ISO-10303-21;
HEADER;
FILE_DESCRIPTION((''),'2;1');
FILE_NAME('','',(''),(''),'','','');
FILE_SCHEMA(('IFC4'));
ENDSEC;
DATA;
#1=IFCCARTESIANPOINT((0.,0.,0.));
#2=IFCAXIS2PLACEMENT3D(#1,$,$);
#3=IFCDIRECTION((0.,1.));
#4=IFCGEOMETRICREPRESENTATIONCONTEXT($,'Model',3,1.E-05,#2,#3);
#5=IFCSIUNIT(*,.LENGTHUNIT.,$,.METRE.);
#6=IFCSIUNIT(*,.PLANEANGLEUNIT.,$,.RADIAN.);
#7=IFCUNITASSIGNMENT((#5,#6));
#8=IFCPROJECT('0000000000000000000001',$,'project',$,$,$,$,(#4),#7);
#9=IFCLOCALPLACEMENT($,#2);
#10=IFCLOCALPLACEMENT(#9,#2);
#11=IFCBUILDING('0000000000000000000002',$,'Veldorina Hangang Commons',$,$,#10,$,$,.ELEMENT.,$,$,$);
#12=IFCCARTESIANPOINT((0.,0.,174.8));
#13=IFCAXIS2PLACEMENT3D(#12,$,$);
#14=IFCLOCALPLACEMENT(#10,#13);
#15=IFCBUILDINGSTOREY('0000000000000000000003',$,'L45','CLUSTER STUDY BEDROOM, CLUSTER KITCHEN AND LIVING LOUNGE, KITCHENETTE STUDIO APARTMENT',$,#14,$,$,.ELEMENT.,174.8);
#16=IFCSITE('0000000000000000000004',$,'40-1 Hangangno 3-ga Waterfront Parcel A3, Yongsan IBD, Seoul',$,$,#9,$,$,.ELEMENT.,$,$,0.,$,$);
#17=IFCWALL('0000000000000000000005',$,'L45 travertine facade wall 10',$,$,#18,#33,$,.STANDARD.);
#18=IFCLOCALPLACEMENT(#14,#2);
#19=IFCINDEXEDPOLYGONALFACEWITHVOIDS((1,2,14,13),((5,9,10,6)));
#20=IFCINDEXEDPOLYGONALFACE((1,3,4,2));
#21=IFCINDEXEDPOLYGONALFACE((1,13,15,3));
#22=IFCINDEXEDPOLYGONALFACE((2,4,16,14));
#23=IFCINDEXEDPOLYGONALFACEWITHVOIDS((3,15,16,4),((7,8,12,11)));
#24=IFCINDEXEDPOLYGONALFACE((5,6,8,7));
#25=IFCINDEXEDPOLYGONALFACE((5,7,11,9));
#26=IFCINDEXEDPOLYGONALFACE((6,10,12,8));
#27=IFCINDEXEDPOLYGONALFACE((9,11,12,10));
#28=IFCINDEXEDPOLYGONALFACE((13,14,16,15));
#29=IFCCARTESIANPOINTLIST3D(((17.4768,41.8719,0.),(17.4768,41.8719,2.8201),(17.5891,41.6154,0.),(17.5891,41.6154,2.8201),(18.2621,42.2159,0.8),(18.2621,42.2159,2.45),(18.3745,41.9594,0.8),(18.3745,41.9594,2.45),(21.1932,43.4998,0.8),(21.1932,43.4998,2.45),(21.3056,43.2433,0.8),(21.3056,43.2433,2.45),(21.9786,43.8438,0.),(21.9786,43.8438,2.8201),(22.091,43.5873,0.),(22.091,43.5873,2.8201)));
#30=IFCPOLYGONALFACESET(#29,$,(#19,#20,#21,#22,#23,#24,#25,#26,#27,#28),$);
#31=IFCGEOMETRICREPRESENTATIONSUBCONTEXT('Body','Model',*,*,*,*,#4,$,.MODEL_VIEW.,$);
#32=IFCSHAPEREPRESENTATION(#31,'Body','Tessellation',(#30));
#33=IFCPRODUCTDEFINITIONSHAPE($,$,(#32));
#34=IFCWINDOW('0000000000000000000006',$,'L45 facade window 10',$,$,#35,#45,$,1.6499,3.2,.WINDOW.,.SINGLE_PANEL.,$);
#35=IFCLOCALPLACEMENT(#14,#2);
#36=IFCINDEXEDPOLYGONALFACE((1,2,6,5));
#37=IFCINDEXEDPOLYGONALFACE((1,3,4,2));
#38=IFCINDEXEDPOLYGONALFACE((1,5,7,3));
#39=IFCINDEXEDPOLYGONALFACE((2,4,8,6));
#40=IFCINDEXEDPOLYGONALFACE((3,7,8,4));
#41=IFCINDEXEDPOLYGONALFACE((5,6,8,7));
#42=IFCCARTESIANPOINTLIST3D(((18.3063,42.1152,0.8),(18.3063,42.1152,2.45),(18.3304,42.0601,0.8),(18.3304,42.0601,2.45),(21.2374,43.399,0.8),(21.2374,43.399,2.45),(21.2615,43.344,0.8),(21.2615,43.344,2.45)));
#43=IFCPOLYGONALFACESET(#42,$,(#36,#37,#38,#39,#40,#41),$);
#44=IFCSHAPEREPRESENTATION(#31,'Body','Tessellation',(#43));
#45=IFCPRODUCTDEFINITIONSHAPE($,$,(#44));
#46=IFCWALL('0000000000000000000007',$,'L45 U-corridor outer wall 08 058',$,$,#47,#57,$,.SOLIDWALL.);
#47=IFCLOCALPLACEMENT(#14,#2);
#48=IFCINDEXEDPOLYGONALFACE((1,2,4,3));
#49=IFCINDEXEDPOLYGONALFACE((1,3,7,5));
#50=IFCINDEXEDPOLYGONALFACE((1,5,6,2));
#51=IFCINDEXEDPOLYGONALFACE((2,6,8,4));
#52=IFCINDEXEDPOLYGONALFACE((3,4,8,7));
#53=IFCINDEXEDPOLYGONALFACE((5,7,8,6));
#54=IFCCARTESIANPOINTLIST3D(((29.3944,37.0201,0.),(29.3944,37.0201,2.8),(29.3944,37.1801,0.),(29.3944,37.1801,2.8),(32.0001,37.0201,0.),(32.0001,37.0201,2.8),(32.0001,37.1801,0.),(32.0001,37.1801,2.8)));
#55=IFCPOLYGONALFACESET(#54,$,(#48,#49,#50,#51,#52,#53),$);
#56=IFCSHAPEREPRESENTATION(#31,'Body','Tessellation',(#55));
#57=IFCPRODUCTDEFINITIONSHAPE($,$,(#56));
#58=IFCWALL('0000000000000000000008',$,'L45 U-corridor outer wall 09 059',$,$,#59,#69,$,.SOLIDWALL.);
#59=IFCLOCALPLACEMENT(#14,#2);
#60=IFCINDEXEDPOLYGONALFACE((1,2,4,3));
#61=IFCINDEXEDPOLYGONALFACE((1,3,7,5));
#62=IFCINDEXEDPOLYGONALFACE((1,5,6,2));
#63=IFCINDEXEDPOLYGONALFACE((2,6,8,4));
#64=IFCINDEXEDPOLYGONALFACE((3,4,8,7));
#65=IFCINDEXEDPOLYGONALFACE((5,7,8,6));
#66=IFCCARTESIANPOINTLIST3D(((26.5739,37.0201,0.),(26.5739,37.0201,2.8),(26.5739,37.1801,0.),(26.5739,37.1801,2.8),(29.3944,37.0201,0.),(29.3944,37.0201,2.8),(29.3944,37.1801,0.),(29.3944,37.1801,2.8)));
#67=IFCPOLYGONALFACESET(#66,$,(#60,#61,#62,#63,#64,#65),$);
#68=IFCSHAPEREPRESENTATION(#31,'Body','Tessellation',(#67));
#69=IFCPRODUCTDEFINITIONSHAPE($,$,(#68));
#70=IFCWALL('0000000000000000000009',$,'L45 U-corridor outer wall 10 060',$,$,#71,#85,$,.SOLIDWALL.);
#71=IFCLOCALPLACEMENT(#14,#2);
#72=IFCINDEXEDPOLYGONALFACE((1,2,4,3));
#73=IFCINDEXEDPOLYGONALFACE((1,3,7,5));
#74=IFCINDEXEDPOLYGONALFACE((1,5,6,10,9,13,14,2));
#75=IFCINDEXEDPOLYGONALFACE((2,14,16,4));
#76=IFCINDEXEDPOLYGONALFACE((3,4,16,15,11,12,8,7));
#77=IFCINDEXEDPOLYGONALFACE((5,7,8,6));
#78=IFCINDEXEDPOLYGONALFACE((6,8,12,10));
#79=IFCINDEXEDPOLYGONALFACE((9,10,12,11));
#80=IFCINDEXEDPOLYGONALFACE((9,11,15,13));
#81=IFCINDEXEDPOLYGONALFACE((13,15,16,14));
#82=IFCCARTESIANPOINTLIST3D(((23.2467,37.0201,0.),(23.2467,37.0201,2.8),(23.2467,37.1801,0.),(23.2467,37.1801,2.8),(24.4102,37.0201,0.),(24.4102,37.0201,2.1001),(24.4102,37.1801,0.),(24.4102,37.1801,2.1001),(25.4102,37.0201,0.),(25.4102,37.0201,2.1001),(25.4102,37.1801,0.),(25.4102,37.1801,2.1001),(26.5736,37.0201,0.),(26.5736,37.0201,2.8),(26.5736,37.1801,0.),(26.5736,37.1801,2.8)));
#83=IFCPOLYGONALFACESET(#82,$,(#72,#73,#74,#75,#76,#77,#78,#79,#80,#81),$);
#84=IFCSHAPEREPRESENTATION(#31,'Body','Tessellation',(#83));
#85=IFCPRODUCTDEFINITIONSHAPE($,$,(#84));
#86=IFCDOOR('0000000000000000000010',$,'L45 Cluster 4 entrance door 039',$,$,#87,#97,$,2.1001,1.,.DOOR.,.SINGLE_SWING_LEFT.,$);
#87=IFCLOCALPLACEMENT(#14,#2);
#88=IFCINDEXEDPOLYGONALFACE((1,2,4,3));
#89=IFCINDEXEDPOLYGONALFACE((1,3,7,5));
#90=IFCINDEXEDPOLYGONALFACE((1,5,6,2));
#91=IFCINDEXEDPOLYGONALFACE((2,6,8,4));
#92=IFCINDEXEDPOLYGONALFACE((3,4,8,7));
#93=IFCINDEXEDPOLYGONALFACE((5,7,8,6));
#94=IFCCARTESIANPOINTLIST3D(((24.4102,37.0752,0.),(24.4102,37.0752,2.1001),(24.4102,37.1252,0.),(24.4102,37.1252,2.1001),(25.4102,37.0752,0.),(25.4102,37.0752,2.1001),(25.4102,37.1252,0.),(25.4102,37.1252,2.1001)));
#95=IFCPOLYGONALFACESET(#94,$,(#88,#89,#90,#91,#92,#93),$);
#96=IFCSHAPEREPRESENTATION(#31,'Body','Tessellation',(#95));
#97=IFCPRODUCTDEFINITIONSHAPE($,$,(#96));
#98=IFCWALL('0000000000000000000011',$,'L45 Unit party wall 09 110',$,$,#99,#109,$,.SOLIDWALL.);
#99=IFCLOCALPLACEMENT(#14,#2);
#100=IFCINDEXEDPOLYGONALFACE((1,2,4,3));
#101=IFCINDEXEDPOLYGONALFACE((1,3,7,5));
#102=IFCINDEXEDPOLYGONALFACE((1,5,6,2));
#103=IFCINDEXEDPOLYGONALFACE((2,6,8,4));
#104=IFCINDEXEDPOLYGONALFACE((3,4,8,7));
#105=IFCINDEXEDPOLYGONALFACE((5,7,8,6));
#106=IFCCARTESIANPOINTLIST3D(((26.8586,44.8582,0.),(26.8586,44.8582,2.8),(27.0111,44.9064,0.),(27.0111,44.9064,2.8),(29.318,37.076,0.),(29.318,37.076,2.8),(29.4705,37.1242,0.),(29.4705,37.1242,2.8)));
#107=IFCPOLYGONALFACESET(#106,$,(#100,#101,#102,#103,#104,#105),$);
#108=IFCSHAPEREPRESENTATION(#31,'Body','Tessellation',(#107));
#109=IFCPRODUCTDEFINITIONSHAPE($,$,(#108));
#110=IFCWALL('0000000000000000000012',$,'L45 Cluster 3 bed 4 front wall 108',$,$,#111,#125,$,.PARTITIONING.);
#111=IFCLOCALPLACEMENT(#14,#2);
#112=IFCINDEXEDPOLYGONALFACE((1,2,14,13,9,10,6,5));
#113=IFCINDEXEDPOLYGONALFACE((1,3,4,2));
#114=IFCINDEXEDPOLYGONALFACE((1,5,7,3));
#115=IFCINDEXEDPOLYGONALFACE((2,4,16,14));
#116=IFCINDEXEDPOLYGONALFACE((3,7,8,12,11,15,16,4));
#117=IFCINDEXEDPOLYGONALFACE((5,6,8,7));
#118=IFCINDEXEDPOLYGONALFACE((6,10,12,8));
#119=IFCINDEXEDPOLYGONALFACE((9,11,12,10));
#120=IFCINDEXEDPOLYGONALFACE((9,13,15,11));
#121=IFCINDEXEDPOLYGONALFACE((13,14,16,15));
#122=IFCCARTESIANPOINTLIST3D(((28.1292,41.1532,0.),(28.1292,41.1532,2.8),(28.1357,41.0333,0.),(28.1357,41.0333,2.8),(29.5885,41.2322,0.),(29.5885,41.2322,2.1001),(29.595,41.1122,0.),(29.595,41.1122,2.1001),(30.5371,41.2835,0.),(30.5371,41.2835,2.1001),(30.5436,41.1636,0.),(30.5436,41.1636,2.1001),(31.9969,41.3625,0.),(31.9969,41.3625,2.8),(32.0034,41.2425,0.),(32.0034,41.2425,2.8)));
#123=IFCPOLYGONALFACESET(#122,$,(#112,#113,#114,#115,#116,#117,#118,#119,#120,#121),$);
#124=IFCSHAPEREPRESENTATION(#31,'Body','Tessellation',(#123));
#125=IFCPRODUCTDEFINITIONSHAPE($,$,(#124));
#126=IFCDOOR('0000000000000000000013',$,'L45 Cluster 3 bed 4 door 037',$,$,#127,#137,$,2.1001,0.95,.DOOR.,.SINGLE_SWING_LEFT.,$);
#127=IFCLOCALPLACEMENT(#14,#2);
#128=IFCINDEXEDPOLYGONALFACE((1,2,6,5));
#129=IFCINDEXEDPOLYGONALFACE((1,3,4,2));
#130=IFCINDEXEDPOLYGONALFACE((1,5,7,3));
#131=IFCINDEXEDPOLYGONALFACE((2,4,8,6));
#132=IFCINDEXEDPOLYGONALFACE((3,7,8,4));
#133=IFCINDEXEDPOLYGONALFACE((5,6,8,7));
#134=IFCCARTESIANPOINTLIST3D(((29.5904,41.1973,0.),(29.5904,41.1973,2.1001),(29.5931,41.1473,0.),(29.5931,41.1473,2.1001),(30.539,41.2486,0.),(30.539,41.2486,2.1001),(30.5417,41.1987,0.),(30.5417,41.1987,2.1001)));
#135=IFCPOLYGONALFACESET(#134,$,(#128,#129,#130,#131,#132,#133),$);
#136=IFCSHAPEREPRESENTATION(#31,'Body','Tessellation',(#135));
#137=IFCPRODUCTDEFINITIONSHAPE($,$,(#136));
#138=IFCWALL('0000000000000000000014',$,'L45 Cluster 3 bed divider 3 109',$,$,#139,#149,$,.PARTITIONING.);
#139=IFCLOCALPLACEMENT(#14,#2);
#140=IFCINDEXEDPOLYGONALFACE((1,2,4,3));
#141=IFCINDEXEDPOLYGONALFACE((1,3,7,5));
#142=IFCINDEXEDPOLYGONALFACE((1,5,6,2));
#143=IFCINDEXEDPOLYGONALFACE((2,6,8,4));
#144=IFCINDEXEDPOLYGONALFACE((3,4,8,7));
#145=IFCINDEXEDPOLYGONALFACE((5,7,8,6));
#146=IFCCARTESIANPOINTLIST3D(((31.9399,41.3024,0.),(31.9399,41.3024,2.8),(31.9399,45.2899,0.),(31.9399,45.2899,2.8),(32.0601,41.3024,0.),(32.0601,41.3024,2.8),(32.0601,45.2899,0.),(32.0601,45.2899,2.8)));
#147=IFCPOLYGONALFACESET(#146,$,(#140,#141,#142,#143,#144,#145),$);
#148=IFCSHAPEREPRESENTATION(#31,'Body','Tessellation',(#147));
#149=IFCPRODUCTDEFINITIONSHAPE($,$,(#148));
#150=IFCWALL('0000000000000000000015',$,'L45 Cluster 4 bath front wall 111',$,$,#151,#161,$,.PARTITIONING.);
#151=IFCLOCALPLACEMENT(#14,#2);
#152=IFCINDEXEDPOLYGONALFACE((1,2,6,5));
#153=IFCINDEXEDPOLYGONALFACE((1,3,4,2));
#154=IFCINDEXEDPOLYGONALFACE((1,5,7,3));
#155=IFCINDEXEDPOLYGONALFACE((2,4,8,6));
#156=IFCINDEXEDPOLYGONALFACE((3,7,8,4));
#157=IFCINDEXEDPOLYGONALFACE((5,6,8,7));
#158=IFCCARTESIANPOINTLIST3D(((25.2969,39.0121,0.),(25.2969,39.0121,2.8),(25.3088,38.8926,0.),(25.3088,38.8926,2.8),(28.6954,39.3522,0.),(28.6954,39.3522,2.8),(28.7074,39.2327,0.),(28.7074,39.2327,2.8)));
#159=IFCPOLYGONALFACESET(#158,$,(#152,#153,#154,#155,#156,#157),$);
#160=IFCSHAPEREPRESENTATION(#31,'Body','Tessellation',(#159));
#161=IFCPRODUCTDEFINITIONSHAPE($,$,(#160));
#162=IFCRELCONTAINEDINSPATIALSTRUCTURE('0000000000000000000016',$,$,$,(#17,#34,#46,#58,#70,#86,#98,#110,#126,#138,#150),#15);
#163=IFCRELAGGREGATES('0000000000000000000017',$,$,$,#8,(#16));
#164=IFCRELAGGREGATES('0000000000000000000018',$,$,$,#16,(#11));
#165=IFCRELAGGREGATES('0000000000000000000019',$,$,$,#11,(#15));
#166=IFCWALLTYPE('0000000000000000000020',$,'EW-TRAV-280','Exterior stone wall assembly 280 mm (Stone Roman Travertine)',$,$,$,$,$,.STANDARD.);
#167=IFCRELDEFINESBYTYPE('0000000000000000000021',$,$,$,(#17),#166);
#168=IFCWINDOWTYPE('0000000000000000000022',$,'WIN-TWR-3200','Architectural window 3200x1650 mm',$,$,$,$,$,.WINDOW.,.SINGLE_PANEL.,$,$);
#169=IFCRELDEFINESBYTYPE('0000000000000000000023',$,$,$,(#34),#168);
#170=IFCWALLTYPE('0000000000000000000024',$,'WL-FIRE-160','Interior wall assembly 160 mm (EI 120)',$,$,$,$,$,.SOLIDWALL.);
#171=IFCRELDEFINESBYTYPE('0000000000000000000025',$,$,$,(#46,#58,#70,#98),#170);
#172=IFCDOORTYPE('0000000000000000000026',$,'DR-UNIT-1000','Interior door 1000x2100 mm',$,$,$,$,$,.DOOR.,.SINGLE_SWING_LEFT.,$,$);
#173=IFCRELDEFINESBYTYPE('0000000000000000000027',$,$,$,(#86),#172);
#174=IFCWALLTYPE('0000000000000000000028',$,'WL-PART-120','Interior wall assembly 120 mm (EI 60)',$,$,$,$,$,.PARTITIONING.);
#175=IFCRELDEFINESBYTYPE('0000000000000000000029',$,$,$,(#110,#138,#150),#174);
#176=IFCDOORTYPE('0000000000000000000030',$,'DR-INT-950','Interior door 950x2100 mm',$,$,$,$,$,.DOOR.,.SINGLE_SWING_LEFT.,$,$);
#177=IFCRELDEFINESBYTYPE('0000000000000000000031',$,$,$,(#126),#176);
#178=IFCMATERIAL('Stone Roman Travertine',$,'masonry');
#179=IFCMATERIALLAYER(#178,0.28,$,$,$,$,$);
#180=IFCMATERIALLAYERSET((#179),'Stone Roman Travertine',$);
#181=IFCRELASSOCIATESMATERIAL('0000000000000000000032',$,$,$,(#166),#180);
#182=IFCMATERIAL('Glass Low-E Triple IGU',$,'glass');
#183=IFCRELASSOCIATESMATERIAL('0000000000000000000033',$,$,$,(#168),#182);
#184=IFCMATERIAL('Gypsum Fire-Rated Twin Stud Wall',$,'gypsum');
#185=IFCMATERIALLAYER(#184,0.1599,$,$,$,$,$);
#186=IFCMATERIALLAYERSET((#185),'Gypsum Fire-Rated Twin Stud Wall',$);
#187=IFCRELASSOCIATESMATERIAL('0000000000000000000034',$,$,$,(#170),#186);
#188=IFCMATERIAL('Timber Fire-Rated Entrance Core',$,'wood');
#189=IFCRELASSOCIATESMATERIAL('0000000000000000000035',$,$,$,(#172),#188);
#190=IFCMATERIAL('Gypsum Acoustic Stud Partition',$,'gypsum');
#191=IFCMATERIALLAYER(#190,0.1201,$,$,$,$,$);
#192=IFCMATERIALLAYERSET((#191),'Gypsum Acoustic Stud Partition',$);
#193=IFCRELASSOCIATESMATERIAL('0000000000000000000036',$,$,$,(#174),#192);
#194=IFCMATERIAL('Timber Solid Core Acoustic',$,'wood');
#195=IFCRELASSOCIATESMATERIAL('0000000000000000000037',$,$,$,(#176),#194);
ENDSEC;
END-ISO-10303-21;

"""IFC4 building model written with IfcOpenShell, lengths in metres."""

from ifc_helpers import new_model, si_unit, direction, frame, frame_2d, origin, place, context, subcontext, project, spatial, rectangle, extrude, material, layer, layer_set, type_object, element, fill, save


model = new_model("IFC4")

# Units and contexts
model_context = context("Model", 3, precision=1e-05, world=origin(), true_north=direction((0.0, 1.0)))
body_context = subcontext(model_context, "Body", "Model", "MODEL_VIEW")
ifc_project = project(units=[si_unit("LENGTHUNIT", "METRE"), si_unit("PLANEANGLEUNIT", "RADIAN")], contexts=[model_context])

# Site, building, storey
site_placement = place(None, origin())
site = spatial("IfcSite", under=ifc_project, at=site_placement, Name="40-1 Hangangno 3-ga Waterfront Parcel A3, Yongsan IBD, Seoul", CompositionType="ELEMENT", RefElevation=0.0)
building_placement = place(site_placement, origin())
building = spatial("IfcBuilding", under=site, at=building_placement, Name="Veldorina Hangang Commons", CompositionType="ELEMENT")
storey_placement = place(building_placement, frame((0.0, 0.0, 174.8)))
storey = spatial("IfcBuildingStorey", under=building, at=storey_placement, Name="L45", Description="CLUSTER STUDY BEDROOM, CLUSTER KITCHEN AND LIVING LOUNGE, KITCHENETTE STUDIO APARTMENT", CompositionType="ELEMENT", Elevation=174.8)

# Shared definitions
ifc_material_1 = material(Name="Stone Roman Travertine", Category="masonry")
ifc_layer_1 = layer(ifc_material_1, 0.28)
ifc_layer_set_1 = layer_set([ifc_layer_1], Name="Stone Roman Travertine")
wall_type_1 = type_object("IfcWallType", Name="EW-TRAV-280", Description="Exterior stone wall assembly 280 mm (Stone Roman Travertine)", PredefinedType="STANDARD", material=ifc_layer_set_1)
ifc_material_2 = material(Name="Glass Low-E Triple IGU", Category="glass")
window_type = type_object("IfcWindowType", Name="WIN-TWR-3200", Description="Architectural window 3200x1650 mm", PartitioningType="SINGLE_PANEL", PredefinedType="WINDOW", material=ifc_material_2)

# Wall, opening, window
wall_1_placement = place(storey_placement, frame((22.0349, 43.7156, 0.0), z_axis=(0.0, 0.0, 1.0), x_axis=(-0.915984, -0.401215, 0.0)))
wall_1 = element("IfcWall", 1, at=wall_1_placement, inside=storey, type_object=wall_type_1, Name="L45 travertine facade wall 10", PredefinedType="STANDARD", context=body_context, shape_type="SweptSolid", body=[
    extrude(rectangle(XDim=4.9148, YDim=0.28, at=frame_2d((2.4575, 0.0))), origin(), (0.0, 0.0, 1.0), 2.8201),
])
opening_1_placement = place(wall_1_placement, frame((0.8574, 0.0, 0.8)))
opening_1 = element("IfcOpeningElement", 2, at=opening_1_placement, cuts=wall_1, PredefinedType="OPENING", context=body_context, shape_type="SweptSolid", body=[
    extrude(rectangle(XDim=3.2, YDim=1.6499, at=frame_2d((1.6001, 0.825))), frame((0.0, 0.1499, 0.0), z_axis=(0.0, -1.0, 0.0), x_axis=(1.0, 0.0, 0.0)), (0.0, 0.0, 1.0), 0.3),
])
window_1_placement = place(opening_1_placement, origin())
window_1 = element("IfcWindow", 3, at=window_1_placement, inside=storey, type_object=window_type, Name="L45 facade window 10", OverallHeight=1.6499, OverallWidth=3.2, PartitioningType="SINGLE_PANEL", PredefinedType="WINDOW", context=body_context, shape_type="SweptSolid", body=[
    extrude(rectangle(XDim=3.2, YDim=1.6499, at=frame_2d((1.6001, 0.825))), frame((0.0, 0.03, 0.0), z_axis=(0.0, -1.0, 0.0), x_axis=(1.0, 0.0, 0.0)), (0.0, 0.0, 1.0), 0.0601),
])
fill(opening_1, window_1)

# Walls
ifc_material_3 = material(Name="Gypsum Fire-Rated Twin Stud Wall", Category="gypsum")
ifc_layer_2 = layer(ifc_material_3, 0.1599)
ifc_layer_set_2 = layer_set([ifc_layer_2], Name="Gypsum Fire-Rated Twin Stud Wall")
wall_type_2 = type_object("IfcWallType", Name="WL-FIRE-160", Description="Interior wall assembly 160 mm (EI 120)", PredefinedType="SOLIDWALL", material=ifc_layer_set_2)
wall_2_placement = place(storey_placement, frame((32.0, 37.1001, 0.0), z_axis=(0.0, 0.0, 1.0), x_axis=(-1.0, 0.0, 0.0)))
element("IfcWall", 4, at=wall_2_placement, inside=storey, type_object=wall_type_2, Name="L45 U-corridor outer wall 08 058", PredefinedType="SOLIDWALL", context=body_context, shape_type="SweptSolid", body=[
    extrude(rectangle(XDim=2.6057, YDim=0.1599, at=frame_2d((1.3027, 0.0))), origin(), (0.0, 0.0, 1.0), 2.8),
])
wall_3_placement = place(storey_placement, frame((29.3943, 37.1001, 0.0), z_axis=(0.0, 0.0, 1.0), x_axis=(-1.0, 0.0, 0.0)))
element("IfcWall", 5, at=wall_3_placement, inside=storey, type_object=wall_type_2, Name="L45 U-corridor outer wall 09 059", PredefinedType="SOLIDWALL", context=body_context, shape_type="SweptSolid", body=[
    extrude(rectangle(XDim=2.8206, YDim=0.1599, at=frame_2d((1.4102, 0.0))), origin(), (0.0, 0.0, 1.0), 2.8),
])

# Wall, opening, door
wall_4_placement = place(storey_placement, frame((26.5737, 37.1001, 0.0), z_axis=(0.0, 0.0, 1.0), x_axis=(-1.0, 0.0, 0.0)))
wall_4 = element("IfcWall", 6, at=wall_4_placement, inside=storey, type_object=wall_type_2, Name="L45 U-corridor outer wall 10 060", PredefinedType="SOLIDWALL", context=body_context, shape_type="SweptSolid", body=[
    extrude(rectangle(XDim=3.3269, YDim=0.1599, at=frame_2d((1.6636, 0.0))), origin(), (0.0, 0.0, 1.0), 2.8),
])
opening_2_placement = place(wall_4_placement, frame((1.1636, 0.0, 0.0)))
opening_2 = element("IfcOpeningElement", 7, at=opening_2_placement, cuts=wall_4, PredefinedType="OPENING", context=body_context, shape_type="SweptSolid", body=[
    extrude(rectangle(XDim=1.0, YDim=2.1001, at=frame_2d((0.5, 1.05))), frame((0.0, 0.0898, 0.0), z_axis=(0.0, -1.0, 0.0), x_axis=(1.0, 0.0, 0.0)), (0.0, 0.0, 1.0), 0.1799),
])
ifc_material_4 = material(Name="Timber Fire-Rated Entrance Core", Category="wood")
door_type_1 = type_object("IfcDoorType", Name="DR-UNIT-1000", Description="Interior door 1000x2100 mm", OperationType="SINGLE_SWING_LEFT", PredefinedType="DOOR", material=ifc_material_4)
door_1_placement = place(opening_2_placement, origin())
door_1 = element("IfcDoor", 8, at=door_1_placement, inside=storey, type_object=door_type_1, Name="L45 Cluster 4 entrance door 039", OperationType="SINGLE_SWING_LEFT", OverallHeight=2.1001, OverallWidth=1.0, PredefinedType="DOOR", context=body_context, shape_type="SweptSolid", body=[
    extrude(rectangle(XDim=1.0, YDim=2.1001, at=frame_2d((0.5, 1.05))), frame((0.0, 0.0249, 0.0), z_axis=(0.0, -1.0, 0.0), x_axis=(1.0, 0.0, 0.0)), (0.0, 0.0, 1.0), 0.05),
])
fill(opening_2, door_1)

# Wall
wall_5_placement = place(storey_placement, frame((29.3943, 37.1001, 0.0), z_axis=(0.0, 0.0, 1.0), x_axis=(-0.301346, 0.953515, 0.0)))
element("IfcWall", 9, at=wall_5_placement, inside=storey, type_object=wall_type_2, Name="L45 Unit party wall 09 110", PredefinedType="SOLIDWALL", context=body_context, shape_type="SweptSolid", body=[
    extrude(rectangle(XDim=8.1616, YDim=0.1599, at=frame_2d((4.0808, 0.0))), origin(), (0.0, 0.0, 1.0), 2.8),
])

# Wall, opening, door
ifc_material_5 = material(Name="Gypsum Acoustic Stud Partition", Category="gypsum")
ifc_layer_3 = layer(ifc_material_5, 0.1201)
ifc_layer_set_3 = layer_set([ifc_layer_3], Name="Gypsum Acoustic Stud Partition")
wall_type_3 = type_object("IfcWallType", Name="WL-PART-120", Description="Interior wall assembly 120 mm (EI 60)", PredefinedType="PARTITIONING", material=ifc_layer_set_3)
wall_6_placement = place(storey_placement, frame((32.0, 41.3025, 0.0), z_axis=(0.0, 0.0, 1.0), x_axis=(-0.99854, -0.054018, 0.0)))
wall_6 = element("IfcWall", 10, at=wall_6_placement, inside=storey, type_object=wall_type_3, Name="L45 Cluster 3 bed 4 front wall 108", PredefinedType="PARTITIONING", context=body_context, shape_type="SweptSolid", body=[
    extrude(rectangle(XDim=3.8733, YDim=0.1201, at=frame_2d((1.9365, 0.0))), origin(), (0.0, 0.0, 1.0), 2.8),
])
opening_3_placement = place(wall_6_placement, frame((1.4617, 0.0, 0.0)))
opening_3 = element("IfcOpeningElement", 11, at=opening_3_placement, cuts=wall_6, PredefinedType="OPENING", context=body_context, shape_type="SweptSolid", body=[
    extrude(rectangle(XDim=0.95, YDim=2.1001, at=frame_2d((0.4751, 1.05))), frame((0.0, 0.0701, 0.0), z_axis=(0.0, -1.0, 0.0), x_axis=(1.0, 0.0, 0.0)), (0.0, 0.0, 1.0), 0.1401),
])
ifc_material_6 = material(Name="Timber Solid Core Acoustic", Category="wood")
door_type_2 = type_object("IfcDoorType", Name="DR-INT-950", Description="Interior door 950x2100 mm", OperationType="SINGLE_SWING_LEFT", PredefinedType="DOOR", material=ifc_material_6)
door_2_placement = place(opening_3_placement, origin())
door_2 = element("IfcDoor", 12, at=door_2_placement, inside=storey, type_object=door_type_2, Name="L45 Cluster 3 bed 4 door 037", OperationType="SINGLE_SWING_LEFT", OverallHeight=2.1001, OverallWidth=0.95, PredefinedType="DOOR", context=body_context, shape_type="SweptSolid", body=[
    extrude(rectangle(XDim=0.95, YDim=2.1001, at=frame_2d((0.4751, 1.05))), frame((0.0, 0.0249, 0.0), z_axis=(0.0, -1.0, 0.0), x_axis=(1.0, 0.0, 0.0)), (0.0, 0.0, 1.0), 0.05),
])
fill(opening_3, door_2)

# Walls
wall_7_placement = place(storey_placement, frame((32.0, 41.3025, 0.0), z_axis=(0.0, 0.0, 1.0), x_axis=(0.0, 1.0, 0.0)))
element("IfcWall", 13, at=wall_7_placement, inside=storey, type_object=wall_type_3, Name="L45 Cluster 3 bed divider 3 109", PredefinedType="PARTITIONING", context=body_context, shape_type="SweptSolid", body=[
    extrude(rectangle(XDim=3.9875, YDim=0.1201, at=frame_2d((1.9937, 0.0))), origin(), (0.0, 0.0, 1.0), 2.8),
])
wall_8_placement = place(storey_placement, frame((28.7014, 39.2925, 0.0), z_axis=(0.0, 0.0, 1.0), x_axis=(-0.99503, -0.099574, 0.0)))
element("IfcWall", 14, at=wall_8_placement, inside=storey, type_object=wall_type_3, Name="L45 Cluster 4 bath front wall 111", PredefinedType="PARTITIONING", context=body_context, shape_type="SweptSolid", body=[
    extrude(rectangle(XDim=3.4155, YDim=0.1201, at=frame_2d((1.7078, 0.0))), origin(), (0.0, 0.0, 1.0), 2.8),
])

save(model, "model.ifc")
